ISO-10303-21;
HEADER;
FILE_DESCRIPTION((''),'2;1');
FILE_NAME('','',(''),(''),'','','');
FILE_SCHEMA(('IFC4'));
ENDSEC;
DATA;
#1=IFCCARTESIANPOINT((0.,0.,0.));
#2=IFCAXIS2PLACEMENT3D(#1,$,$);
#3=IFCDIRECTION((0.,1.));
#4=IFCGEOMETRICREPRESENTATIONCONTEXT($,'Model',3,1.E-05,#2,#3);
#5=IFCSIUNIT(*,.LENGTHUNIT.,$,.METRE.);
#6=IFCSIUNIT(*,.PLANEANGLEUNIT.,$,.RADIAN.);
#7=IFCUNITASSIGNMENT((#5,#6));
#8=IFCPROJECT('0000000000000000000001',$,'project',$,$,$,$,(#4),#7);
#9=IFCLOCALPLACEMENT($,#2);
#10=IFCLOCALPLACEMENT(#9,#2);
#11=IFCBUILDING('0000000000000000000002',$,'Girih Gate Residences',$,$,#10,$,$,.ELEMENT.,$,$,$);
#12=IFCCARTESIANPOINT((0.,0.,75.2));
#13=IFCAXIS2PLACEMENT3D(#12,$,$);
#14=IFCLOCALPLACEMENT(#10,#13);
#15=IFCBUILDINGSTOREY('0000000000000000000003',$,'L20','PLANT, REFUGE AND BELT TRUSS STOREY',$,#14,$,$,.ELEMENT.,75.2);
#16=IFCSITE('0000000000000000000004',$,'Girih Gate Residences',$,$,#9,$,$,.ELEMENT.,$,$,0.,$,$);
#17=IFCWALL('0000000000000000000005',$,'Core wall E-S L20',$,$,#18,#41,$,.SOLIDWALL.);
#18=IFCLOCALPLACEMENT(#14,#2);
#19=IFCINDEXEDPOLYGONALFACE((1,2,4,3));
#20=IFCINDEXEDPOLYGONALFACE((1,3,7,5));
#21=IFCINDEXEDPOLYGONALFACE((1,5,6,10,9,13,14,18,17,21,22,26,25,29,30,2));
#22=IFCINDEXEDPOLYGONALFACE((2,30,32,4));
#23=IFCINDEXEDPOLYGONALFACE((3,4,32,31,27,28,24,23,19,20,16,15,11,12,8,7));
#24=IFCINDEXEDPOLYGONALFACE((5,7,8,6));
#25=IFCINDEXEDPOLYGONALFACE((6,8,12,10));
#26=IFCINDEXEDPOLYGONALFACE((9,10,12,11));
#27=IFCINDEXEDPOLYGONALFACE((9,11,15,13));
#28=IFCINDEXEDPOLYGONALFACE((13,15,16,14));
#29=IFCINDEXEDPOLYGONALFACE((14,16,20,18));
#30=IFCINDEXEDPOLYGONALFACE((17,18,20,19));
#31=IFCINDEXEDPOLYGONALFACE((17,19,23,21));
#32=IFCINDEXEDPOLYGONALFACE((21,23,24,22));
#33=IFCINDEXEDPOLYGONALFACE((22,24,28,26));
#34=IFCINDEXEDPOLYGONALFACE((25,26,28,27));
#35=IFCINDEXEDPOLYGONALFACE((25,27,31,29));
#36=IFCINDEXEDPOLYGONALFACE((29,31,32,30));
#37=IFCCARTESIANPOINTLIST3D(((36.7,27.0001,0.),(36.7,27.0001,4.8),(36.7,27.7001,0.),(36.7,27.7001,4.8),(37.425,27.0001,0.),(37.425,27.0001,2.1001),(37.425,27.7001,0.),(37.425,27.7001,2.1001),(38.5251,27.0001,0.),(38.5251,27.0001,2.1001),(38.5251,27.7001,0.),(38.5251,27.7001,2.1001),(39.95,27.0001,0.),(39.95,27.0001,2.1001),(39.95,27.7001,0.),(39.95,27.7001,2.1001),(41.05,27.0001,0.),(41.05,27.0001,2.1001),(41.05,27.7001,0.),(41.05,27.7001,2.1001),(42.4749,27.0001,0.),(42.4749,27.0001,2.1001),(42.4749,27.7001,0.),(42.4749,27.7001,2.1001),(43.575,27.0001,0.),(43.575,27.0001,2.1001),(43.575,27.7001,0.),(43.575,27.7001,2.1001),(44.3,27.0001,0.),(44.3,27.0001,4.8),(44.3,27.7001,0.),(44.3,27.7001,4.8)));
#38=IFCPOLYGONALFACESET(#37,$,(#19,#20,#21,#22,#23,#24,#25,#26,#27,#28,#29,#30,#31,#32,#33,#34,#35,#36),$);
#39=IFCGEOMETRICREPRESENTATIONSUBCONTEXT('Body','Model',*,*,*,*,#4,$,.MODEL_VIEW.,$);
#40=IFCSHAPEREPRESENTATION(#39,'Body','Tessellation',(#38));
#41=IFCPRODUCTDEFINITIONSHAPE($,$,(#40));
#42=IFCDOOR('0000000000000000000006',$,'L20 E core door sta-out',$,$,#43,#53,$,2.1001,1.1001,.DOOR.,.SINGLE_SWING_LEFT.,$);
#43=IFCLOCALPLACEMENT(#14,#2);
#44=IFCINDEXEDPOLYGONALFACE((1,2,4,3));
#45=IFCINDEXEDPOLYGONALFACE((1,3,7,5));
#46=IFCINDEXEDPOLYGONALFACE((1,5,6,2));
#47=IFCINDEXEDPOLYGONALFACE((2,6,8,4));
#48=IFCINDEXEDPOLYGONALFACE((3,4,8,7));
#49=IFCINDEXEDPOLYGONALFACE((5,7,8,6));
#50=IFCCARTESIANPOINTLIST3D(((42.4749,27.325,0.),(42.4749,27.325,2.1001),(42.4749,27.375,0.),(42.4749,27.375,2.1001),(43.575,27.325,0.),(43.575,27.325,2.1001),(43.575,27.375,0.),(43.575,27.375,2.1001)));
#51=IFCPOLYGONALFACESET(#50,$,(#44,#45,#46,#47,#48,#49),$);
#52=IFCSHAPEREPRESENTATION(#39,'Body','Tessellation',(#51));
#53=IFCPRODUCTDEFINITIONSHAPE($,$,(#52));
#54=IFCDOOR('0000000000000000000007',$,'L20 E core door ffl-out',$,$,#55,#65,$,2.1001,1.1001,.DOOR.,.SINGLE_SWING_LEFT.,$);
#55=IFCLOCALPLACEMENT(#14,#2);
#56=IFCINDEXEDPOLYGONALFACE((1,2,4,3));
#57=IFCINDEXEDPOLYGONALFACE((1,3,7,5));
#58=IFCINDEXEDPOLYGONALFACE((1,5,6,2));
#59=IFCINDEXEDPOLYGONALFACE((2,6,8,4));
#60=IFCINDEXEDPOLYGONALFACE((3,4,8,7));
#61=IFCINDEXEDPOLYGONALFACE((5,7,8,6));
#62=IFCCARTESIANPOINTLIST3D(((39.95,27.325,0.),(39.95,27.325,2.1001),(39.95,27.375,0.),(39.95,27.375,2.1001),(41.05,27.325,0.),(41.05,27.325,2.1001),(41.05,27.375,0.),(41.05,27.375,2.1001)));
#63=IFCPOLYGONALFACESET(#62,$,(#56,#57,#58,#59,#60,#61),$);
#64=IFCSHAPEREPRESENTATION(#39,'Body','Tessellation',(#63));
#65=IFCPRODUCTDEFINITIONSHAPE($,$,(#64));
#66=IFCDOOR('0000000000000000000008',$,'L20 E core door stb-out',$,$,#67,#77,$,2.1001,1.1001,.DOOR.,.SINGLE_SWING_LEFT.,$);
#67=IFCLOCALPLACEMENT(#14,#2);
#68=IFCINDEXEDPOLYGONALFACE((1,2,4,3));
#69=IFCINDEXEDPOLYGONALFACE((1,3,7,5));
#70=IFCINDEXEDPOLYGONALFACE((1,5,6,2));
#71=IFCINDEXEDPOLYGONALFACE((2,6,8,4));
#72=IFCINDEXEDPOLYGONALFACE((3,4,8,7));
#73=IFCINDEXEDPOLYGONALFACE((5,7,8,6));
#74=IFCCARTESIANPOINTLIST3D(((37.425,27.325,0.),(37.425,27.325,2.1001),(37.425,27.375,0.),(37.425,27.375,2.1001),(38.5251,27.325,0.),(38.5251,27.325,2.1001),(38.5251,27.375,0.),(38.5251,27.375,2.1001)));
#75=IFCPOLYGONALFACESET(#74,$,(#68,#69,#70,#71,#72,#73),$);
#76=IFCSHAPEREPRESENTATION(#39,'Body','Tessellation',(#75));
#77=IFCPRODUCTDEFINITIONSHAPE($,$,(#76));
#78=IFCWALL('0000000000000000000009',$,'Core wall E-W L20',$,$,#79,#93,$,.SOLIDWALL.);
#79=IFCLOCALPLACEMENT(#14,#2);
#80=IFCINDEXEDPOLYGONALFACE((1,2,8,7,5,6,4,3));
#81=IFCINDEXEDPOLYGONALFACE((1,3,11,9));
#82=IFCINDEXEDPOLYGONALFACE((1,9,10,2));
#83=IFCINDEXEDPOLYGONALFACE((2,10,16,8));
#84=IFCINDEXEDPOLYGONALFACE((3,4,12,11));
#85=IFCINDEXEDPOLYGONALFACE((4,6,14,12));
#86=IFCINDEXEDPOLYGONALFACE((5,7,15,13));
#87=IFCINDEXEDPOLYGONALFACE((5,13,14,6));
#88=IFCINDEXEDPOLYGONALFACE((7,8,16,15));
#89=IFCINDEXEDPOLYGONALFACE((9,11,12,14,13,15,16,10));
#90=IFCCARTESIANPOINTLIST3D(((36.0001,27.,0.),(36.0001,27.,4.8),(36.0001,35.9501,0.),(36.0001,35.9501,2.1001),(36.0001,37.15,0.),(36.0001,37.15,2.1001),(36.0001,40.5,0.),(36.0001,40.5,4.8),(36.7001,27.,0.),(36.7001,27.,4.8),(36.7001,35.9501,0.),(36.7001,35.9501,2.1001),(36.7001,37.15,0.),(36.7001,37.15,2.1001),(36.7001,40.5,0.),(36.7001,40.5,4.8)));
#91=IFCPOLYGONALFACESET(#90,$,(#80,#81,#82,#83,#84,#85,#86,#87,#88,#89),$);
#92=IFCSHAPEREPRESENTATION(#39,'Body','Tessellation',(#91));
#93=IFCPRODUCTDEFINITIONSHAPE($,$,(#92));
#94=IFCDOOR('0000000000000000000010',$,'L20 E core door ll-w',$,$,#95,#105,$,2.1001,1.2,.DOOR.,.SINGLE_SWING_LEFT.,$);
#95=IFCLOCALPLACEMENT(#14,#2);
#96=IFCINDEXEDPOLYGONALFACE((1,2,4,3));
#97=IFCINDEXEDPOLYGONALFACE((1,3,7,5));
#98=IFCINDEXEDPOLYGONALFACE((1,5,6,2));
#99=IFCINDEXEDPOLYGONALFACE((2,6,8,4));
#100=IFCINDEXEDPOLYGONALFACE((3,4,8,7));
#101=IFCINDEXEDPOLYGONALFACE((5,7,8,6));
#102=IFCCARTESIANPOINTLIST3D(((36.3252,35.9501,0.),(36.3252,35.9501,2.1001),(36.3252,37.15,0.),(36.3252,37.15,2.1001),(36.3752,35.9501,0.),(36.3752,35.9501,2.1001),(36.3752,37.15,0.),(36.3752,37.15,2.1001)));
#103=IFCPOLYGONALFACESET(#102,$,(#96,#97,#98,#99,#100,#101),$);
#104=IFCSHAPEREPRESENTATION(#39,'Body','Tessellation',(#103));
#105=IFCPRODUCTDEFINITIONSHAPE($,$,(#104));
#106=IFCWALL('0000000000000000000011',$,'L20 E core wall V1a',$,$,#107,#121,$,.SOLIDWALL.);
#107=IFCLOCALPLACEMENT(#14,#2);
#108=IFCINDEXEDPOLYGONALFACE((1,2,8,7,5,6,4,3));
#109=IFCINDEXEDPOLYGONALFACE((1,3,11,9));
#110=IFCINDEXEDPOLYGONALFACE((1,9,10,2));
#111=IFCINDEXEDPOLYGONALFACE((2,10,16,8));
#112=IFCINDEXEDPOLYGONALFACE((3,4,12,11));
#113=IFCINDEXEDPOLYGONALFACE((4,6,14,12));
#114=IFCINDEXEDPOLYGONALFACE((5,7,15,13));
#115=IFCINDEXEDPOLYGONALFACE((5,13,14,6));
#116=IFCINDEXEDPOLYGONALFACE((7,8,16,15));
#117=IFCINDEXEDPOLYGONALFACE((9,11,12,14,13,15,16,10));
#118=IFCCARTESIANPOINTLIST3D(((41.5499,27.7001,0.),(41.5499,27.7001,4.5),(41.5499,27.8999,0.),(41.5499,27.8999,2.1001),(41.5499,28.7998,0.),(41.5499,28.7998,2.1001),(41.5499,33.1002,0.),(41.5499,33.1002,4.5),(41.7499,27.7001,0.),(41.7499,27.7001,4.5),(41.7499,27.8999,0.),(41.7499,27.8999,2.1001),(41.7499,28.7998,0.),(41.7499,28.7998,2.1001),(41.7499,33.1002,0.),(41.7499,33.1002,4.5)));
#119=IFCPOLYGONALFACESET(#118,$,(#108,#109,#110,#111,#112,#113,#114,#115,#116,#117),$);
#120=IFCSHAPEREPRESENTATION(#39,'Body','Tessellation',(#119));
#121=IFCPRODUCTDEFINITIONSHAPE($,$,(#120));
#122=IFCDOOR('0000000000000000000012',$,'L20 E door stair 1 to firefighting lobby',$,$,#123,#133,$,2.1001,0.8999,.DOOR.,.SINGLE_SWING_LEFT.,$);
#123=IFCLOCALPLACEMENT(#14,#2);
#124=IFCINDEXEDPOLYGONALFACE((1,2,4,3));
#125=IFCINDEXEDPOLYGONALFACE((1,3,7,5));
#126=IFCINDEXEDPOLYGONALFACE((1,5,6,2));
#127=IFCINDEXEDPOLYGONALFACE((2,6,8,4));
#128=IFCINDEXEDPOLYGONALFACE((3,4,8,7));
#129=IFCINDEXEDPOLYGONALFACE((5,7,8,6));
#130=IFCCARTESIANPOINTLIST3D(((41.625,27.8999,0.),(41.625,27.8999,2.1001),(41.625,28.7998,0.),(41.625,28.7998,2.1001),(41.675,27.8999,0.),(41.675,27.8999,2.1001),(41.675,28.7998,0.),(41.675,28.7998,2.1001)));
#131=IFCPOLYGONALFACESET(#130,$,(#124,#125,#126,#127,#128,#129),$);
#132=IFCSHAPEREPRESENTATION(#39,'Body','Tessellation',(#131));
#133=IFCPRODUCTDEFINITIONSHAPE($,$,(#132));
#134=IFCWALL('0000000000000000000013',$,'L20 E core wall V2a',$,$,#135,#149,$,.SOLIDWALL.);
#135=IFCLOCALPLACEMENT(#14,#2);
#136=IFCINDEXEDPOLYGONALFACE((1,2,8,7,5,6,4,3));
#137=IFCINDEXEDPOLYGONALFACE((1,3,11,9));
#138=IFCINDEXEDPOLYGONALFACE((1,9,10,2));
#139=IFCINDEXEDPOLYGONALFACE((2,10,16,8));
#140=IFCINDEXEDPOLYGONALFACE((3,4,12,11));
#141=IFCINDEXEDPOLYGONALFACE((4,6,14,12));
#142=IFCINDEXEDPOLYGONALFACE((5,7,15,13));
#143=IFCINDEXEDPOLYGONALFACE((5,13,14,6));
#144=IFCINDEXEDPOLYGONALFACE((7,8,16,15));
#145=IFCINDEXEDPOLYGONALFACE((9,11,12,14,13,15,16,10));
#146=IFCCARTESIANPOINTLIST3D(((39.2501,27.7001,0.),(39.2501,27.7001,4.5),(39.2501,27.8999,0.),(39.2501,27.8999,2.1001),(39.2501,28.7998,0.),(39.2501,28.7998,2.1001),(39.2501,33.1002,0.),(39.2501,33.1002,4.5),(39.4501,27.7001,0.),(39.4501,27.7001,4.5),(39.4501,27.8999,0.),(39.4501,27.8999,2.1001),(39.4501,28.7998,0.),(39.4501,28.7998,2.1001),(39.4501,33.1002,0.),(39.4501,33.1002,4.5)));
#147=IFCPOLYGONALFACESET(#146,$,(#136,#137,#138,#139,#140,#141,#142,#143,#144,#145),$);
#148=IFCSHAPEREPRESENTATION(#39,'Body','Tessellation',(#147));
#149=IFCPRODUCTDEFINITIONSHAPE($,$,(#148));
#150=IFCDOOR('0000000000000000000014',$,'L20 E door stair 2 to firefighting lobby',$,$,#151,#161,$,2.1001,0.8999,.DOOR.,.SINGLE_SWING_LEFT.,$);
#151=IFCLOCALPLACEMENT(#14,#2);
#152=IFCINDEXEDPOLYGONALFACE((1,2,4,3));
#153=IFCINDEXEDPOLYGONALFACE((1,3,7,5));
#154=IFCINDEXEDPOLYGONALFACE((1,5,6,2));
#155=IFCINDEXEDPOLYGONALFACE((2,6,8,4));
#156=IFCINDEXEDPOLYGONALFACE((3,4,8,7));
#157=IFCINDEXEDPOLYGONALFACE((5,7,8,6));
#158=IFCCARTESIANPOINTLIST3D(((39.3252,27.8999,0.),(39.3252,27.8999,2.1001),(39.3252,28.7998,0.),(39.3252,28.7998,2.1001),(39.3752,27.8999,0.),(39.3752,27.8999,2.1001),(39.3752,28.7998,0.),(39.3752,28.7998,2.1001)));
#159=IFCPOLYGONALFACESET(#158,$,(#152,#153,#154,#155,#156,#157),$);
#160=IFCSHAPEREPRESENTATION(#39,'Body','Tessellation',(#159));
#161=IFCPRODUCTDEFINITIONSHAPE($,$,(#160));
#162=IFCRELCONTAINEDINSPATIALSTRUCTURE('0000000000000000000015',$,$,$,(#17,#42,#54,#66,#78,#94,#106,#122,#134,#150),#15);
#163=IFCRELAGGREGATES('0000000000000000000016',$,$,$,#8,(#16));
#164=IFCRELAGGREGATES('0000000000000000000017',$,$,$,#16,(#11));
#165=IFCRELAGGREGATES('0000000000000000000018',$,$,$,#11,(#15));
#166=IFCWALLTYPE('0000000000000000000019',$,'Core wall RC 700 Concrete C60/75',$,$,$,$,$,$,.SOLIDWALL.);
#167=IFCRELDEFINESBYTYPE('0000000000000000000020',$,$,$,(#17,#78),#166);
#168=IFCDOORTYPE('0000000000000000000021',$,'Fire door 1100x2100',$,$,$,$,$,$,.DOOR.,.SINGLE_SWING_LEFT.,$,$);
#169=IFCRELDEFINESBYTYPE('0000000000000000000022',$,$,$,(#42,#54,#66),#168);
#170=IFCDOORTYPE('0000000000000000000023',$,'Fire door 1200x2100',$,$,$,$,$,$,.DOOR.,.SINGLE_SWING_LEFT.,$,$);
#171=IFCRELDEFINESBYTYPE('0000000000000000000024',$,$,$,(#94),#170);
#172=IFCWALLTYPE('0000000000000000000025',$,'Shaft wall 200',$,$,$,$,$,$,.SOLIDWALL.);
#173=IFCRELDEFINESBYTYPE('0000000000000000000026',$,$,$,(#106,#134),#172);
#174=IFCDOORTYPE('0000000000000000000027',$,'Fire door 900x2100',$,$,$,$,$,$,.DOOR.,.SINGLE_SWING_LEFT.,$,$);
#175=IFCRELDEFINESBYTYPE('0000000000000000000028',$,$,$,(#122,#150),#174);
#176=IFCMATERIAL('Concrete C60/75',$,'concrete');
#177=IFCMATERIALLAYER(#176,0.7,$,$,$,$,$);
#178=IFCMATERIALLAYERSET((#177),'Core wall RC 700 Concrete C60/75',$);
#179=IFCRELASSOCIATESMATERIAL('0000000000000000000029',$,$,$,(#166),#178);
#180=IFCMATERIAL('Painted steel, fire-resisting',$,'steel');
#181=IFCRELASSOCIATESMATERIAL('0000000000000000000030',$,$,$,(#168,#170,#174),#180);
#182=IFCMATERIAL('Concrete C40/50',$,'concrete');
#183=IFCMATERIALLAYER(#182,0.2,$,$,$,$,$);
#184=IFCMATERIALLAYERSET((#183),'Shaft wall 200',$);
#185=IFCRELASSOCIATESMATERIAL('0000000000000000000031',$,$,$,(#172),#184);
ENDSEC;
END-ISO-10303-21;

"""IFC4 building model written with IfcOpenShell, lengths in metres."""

from ifc_helpers import new_model, si_unit, direction, frame, frame_2d, origin, place, context, subcontext, project, spatial, rectangle, extrude, material, layer, layer_set, type_object, element, fill, save


model = new_model("IFC4")

# Units and contexts
model_context = context("Model", 3, precision=1e-05, world=origin(), true_north=direction((0.0, 1.0)))
body_context = subcontext(model_context, "Body", "Model", "MODEL_VIEW")
ifc_project = project(units=[si_unit("LENGTHUNIT", "METRE"), si_unit("PLANEANGLEUNIT", "RADIAN")], contexts=[model_context])

# Site, building, storey
site_placement = place(None, origin())
site = spatial("IfcSite", under=ifc_project, at=site_placement, Name="Girih Gate Residences", CompositionType="ELEMENT", RefElevation=0.0)
building_placement = place(site_placement, origin())
building = spatial("IfcBuilding", under=site, at=building_placement, Name="Girih Gate Residences", CompositionType="ELEMENT")
storey_placement = place(building_placement, frame((0.0, 0.0, 75.2)))
storey = spatial("IfcBuildingStorey", under=building, at=storey_placement, Name="L20", Description="PLANT, REFUGE AND BELT TRUSS STOREY", CompositionType="ELEMENT", Elevation=75.2)

# Shared definitions
ifc_material_1 = material(Name="Concrete C60/75", Category="concrete")

# Shared definitions
ifc_material_2 = material(Name="Painted steel, fire-resisting", Category="steel")

# Wall, openings, doors
ifc_layer_1 = layer(ifc_material_1, 0.7)
ifc_layer_set_1 = layer_set([ifc_layer_1], Name="Core wall RC 700 Concrete C60/75")
wall_type_1 = type_object("IfcWallType", Name="Core wall RC 700 Concrete C60/75", PredefinedType="SOLIDWALL", material=ifc_layer_set_1)
wall_1_placement = place(storey_placement, frame((36.7, 27.3501, 0.0), z_axis=(0.0, 0.0, 1.0), x_axis=(1.0, 0.0, 0.0)))
wall_1 = element("IfcWall", 1, at=wall_1_placement, inside=storey, type_object=wall_type_1, Name="Core wall E-S L20", PredefinedType="SOLIDWALL", context=body_context, shape_type="SweptSolid", body=[
    extrude(rectangle(XDim=7.6001, YDim=0.7, at=frame_2d((3.8, 0.0))), origin(), (0.0, 0.0, 1.0), 4.8),
])
opening_1_placement = place(wall_1_placement, frame((5.7749, 0.0, 0.0)))
opening_1 = element("IfcOpeningElement", 2, at=opening_1_placement, cuts=wall_1, PredefinedType="OPENING", context=body_context, shape_type="SweptSolid", body=[
    extrude(rectangle(XDim=1.1001, YDim=2.1001, at=frame_2d((0.55, 1.05))), frame((0.0, 0.3599, 0.0), z_axis=(0.0, -1.0, 0.0), x_axis=(1.0, 0.0, 0.0)), (0.0, 0.0, 1.0), 0.72),
])
opening_2_placement = place(wall_1_placement, frame((3.25, 0.0, 0.0)))
opening_2 = element("IfcOpeningElement", 3, at=opening_2_placement, cuts=wall_1, PredefinedType="OPENING", context=body_context, shape_type="SweptSolid", body=[
    extrude(rectangle(XDim=1.1001, YDim=2.1001, at=frame_2d((0.55, 1.05))), frame((0.0, 0.3599, 0.0), z_axis=(0.0, -1.0, 0.0), x_axis=(1.0, 0.0, 0.0)), (0.0, 0.0, 1.0), 0.72),
])
opening_3_placement = place(wall_1_placement, frame((0.7251, 0.0, 0.0)))
opening_3 = element("IfcOpeningElement", 4, at=opening_3_placement, cuts=wall_1, PredefinedType="OPENING", context=body_context, shape_type="SweptSolid", body=[
    extrude(rectangle(XDim=1.1001, YDim=2.1001, at=frame_2d((0.55, 1.05))), frame((0.0, 0.3599, 0.0), z_axis=(0.0, -1.0, 0.0), x_axis=(1.0, 0.0, 0.0)), (0.0, 0.0, 1.0), 0.72),
])
door_type_1 = type_object("IfcDoorType", Name="Fire door 1100x2100", OperationType="SINGLE_SWING_LEFT", PredefinedType="DOOR", material=ifc_material_2)
door_1_placement = place(opening_1_placement, origin())
door_1 = element("IfcDoor", 5, at=door_1_placement, inside=storey, type_object=door_type_1, Name="L20 E core door sta-out", OperationType="SINGLE_SWING_LEFT", OverallHeight=2.1001, OverallWidth=1.1001, PredefinedType="DOOR", context=body_context, shape_type="SweptSolid", body=[
    extrude(rectangle(XDim=1.1001, YDim=2.1001, at=frame_2d((0.55, 1.05))), frame((0.0, 0.0249, 0.0), z_axis=(0.0, -1.0, 0.0), x_axis=(1.0, 0.0, 0.0)), (0.0, 0.0, 1.0), 0.05),
])
fill(opening_1, door_1)
door_2_placement = place(opening_2_placement, origin())
door_2 = element("IfcDoor", 6, at=door_2_placement, inside=storey, type_object=door_type_1, Name="L20 E core door ffl-out", OperationType="SINGLE_SWING_LEFT", OverallHeight=2.1001, OverallWidth=1.1001, PredefinedType="DOOR", context=body_context, shape_type="SweptSolid", body=[
    extrude(rectangle(XDim=1.1001, YDim=2.1001, at=frame_2d((0.55, 1.05))), frame((0.0, 0.0249, 0.0), z_axis=(0.0, -1.0, 0.0), x_axis=(1.0, 0.0, 0.0)), (0.0, 0.0, 1.0), 0.05),
])
fill(opening_2, door_2)
door_3_placement = place(opening_3_placement, origin())
door_3 = element("IfcDoor", 7, at=door_3_placement, inside=storey, type_object=door_type_1, Name="L20 E core door stb-out", OperationType="SINGLE_SWING_LEFT", OverallHeight=2.1001, OverallWidth=1.1001, PredefinedType="DOOR", context=body_context, shape_type="SweptSolid", body=[
    extrude(rectangle(XDim=1.1001, YDim=2.1001, at=frame_2d((0.55, 1.05))), frame((0.0, 0.0249, 0.0), z_axis=(0.0, -1.0, 0.0), x_axis=(1.0, 0.0, 0.0)), (0.0, 0.0, 1.0), 0.05),
])
fill(opening_3, door_3)

# Walls, openings, doors
wall_2_placement = place(storey_placement, frame((36.3501, 27.0, 0.0), z_axis=(0.0, 0.0, 1.0), x_axis=(0.0, 1.0, 0.0)))
wall_2 = element("IfcWall", 8, at=wall_2_placement, inside=storey, type_object=wall_type_1, Name="Core wall E-W L20", PredefinedType="SOLIDWALL", context=body_context, shape_type="SweptSolid", body=[
    extrude(rectangle(XDim=13.5, YDim=0.7, at=frame_2d((6.75, 0.0))), origin(), (0.0, 0.0, 1.0), 4.8),
])
opening_4_placement = place(wall_2_placement, frame((8.95, 0.0, 0.0)))
opening_4 = element("IfcOpeningElement", 9, at=opening_4_placement, cuts=wall_2, PredefinedType="OPENING", context=body_context, shape_type="SweptSolid", body=[
    extrude(rectangle(XDim=1.2, YDim=2.1001, at=frame_2d((0.6001, 1.05))), frame((0.0, 0.3599, 0.0), z_axis=(0.0, -1.0, 0.0), x_axis=(1.0, 0.0, 0.0)), (0.0, 0.0, 1.0), 0.72),
])
door_type_2 = type_object("IfcDoorType", Name="Fire door 1200x2100", OperationType="SINGLE_SWING_LEFT", PredefinedType="DOOR", material=ifc_material_2)
door_4_placement = place(opening_4_placement, origin())
door_4 = element("IfcDoor", 10, at=door_4_placement, inside=storey, type_object=door_type_2, Name="L20 E core door ll-w", OperationType="SINGLE_SWING_LEFT", OverallHeight=2.1001, OverallWidth=1.2, PredefinedType="DOOR", context=body_context, shape_type="SweptSolid", body=[
    extrude(rectangle(XDim=1.2, YDim=2.1001, at=frame_2d((0.6001, 1.05))), frame((0.0, 0.0249, 0.0), z_axis=(0.0, -1.0, 0.0), x_axis=(1.0, 0.0, 0.0)), (0.0, 0.0, 1.0), 0.05),
])
fill(opening_4, door_4)
ifc_material_3 = material(Name="Concrete C40/50", Category="concrete")
ifc_layer_2 = layer(ifc_material_3, 0.2)
ifc_layer_set_2 = layer_set([ifc_layer_2], Name="Shaft wall 200")
wall_type_2 = type_object("IfcWallType", Name="Shaft wall 200", PredefinedType="SOLIDWALL", material=ifc_layer_set_2)
wall_3_placement = place(storey_placement, frame((41.6499, 27.7, 0.0), z_axis=(0.0, 0.0, 1.0), x_axis=(0.0, 1.0, 0.0)))
wall_3 = element("IfcWall", 11, at=wall_3_placement, inside=storey, type_object=wall_type_2, Name="L20 E core wall V1a", PredefinedType="SOLIDWALL", context=body_context, shape_type="SweptSolid", body=[
    extrude(rectangle(XDim=5.4001, YDim=0.2, at=frame_2d((2.7002, 0.0))), origin(), (0.0, 0.0, 1.0), 4.5),
])
opening_5_placement = place(wall_3_placement, frame((0.2, 0.0, 0.0)))
opening_5 = element("IfcOpeningElement", 12, at=opening_5_placement, cuts=wall_3, PredefinedType="OPENING", context=body_context, shape_type="SweptSolid", body=[
    extrude(rectangle(XDim=0.8999, YDim=2.1001, at=frame_2d((0.45, 1.05))), frame((0.0, 0.1099, 0.0), z_axis=(0.0, -1.0, 0.0), x_axis=(1.0, 0.0, 0.0)), (0.0, 0.0, 1.0), 0.22),
])
door_type_3 = type_object("IfcDoorType", Name="Fire door 900x2100", OperationType="SINGLE_SWING_LEFT", PredefinedType="DOOR", material=ifc_material_2)
door_5_placement = place(opening_5_placement, origin())
door_5 = element("IfcDoor", 13, at=door_5_placement, inside=storey, type_object=door_type_3, Name="L20 E door stair 1 to firefighting lobby", OperationType="SINGLE_SWING_LEFT", OverallHeight=2.1001, OverallWidth=0.8999, PredefinedType="DOOR", context=body_context, shape_type="SweptSolid", body=[
    extrude(rectangle(XDim=0.8999, YDim=2.1001, at=frame_2d((0.45, 1.05))), frame((0.0, 0.0249, 0.0), z_axis=(0.0, -1.0, 0.0), x_axis=(1.0, 0.0, 0.0)), (0.0, 0.0, 1.0), 0.05),
])
fill(opening_5, door_5)
wall_4_placement = place(storey_placement, frame((39.3501, 27.7, 0.0), z_axis=(0.0, 0.0, 1.0), x_axis=(0.0, 1.0, 0.0)))
wall_4 = element("IfcWall", 14, at=wall_4_placement, inside=storey, type_object=wall_type_2, Name="L20 E core wall V2a", PredefinedType="SOLIDWALL", context=body_context, shape_type="SweptSolid", body=[
    extrude(rectangle(XDim=5.4001, YDim=0.2, at=frame_2d((2.7002, 0.0))), origin(), (0.0, 0.0, 1.0), 4.5),
])
opening_6_placement = place(wall_4_placement, frame((0.2, 0.0, 0.0)))
opening_6 = element("IfcOpeningElement", 15, at=opening_6_placement, cuts=wall_4, PredefinedType="OPENING", context=body_context, shape_type="SweptSolid", body=[
    extrude(rectangle(XDim=0.8999, YDim=2.1001, at=frame_2d((0.45, 1.05))), frame((0.0, 0.1099, 0.0), z_axis=(0.0, -1.0, 0.0), x_axis=(1.0, 0.0, 0.0)), (0.0, 0.0, 1.0), 0.22),
])
door_6_placement = place(opening_6_placement, origin())
door_6 = element("IfcDoor", 16, at=door_6_placement, inside=storey, type_object=door_type_3, Name="L20 E door stair 2 to firefighting lobby", OperationType="SINGLE_SWING_LEFT", OverallHeight=2.1001, OverallWidth=0.8999, PredefinedType="DOOR", context=body_context, shape_type="SweptSolid", body=[
    extrude(rectangle(XDim=0.8999, YDim=2.1001, at=frame_2d((0.45, 1.05))), frame((0.0, 0.0249, 0.0), z_axis=(0.0, -1.0, 0.0), x_axis=(1.0, 0.0, 0.0)), (0.0, 0.0, 1.0), 0.05),
])
fill(opening_6, door_6)

save(model, "model.ifc")
